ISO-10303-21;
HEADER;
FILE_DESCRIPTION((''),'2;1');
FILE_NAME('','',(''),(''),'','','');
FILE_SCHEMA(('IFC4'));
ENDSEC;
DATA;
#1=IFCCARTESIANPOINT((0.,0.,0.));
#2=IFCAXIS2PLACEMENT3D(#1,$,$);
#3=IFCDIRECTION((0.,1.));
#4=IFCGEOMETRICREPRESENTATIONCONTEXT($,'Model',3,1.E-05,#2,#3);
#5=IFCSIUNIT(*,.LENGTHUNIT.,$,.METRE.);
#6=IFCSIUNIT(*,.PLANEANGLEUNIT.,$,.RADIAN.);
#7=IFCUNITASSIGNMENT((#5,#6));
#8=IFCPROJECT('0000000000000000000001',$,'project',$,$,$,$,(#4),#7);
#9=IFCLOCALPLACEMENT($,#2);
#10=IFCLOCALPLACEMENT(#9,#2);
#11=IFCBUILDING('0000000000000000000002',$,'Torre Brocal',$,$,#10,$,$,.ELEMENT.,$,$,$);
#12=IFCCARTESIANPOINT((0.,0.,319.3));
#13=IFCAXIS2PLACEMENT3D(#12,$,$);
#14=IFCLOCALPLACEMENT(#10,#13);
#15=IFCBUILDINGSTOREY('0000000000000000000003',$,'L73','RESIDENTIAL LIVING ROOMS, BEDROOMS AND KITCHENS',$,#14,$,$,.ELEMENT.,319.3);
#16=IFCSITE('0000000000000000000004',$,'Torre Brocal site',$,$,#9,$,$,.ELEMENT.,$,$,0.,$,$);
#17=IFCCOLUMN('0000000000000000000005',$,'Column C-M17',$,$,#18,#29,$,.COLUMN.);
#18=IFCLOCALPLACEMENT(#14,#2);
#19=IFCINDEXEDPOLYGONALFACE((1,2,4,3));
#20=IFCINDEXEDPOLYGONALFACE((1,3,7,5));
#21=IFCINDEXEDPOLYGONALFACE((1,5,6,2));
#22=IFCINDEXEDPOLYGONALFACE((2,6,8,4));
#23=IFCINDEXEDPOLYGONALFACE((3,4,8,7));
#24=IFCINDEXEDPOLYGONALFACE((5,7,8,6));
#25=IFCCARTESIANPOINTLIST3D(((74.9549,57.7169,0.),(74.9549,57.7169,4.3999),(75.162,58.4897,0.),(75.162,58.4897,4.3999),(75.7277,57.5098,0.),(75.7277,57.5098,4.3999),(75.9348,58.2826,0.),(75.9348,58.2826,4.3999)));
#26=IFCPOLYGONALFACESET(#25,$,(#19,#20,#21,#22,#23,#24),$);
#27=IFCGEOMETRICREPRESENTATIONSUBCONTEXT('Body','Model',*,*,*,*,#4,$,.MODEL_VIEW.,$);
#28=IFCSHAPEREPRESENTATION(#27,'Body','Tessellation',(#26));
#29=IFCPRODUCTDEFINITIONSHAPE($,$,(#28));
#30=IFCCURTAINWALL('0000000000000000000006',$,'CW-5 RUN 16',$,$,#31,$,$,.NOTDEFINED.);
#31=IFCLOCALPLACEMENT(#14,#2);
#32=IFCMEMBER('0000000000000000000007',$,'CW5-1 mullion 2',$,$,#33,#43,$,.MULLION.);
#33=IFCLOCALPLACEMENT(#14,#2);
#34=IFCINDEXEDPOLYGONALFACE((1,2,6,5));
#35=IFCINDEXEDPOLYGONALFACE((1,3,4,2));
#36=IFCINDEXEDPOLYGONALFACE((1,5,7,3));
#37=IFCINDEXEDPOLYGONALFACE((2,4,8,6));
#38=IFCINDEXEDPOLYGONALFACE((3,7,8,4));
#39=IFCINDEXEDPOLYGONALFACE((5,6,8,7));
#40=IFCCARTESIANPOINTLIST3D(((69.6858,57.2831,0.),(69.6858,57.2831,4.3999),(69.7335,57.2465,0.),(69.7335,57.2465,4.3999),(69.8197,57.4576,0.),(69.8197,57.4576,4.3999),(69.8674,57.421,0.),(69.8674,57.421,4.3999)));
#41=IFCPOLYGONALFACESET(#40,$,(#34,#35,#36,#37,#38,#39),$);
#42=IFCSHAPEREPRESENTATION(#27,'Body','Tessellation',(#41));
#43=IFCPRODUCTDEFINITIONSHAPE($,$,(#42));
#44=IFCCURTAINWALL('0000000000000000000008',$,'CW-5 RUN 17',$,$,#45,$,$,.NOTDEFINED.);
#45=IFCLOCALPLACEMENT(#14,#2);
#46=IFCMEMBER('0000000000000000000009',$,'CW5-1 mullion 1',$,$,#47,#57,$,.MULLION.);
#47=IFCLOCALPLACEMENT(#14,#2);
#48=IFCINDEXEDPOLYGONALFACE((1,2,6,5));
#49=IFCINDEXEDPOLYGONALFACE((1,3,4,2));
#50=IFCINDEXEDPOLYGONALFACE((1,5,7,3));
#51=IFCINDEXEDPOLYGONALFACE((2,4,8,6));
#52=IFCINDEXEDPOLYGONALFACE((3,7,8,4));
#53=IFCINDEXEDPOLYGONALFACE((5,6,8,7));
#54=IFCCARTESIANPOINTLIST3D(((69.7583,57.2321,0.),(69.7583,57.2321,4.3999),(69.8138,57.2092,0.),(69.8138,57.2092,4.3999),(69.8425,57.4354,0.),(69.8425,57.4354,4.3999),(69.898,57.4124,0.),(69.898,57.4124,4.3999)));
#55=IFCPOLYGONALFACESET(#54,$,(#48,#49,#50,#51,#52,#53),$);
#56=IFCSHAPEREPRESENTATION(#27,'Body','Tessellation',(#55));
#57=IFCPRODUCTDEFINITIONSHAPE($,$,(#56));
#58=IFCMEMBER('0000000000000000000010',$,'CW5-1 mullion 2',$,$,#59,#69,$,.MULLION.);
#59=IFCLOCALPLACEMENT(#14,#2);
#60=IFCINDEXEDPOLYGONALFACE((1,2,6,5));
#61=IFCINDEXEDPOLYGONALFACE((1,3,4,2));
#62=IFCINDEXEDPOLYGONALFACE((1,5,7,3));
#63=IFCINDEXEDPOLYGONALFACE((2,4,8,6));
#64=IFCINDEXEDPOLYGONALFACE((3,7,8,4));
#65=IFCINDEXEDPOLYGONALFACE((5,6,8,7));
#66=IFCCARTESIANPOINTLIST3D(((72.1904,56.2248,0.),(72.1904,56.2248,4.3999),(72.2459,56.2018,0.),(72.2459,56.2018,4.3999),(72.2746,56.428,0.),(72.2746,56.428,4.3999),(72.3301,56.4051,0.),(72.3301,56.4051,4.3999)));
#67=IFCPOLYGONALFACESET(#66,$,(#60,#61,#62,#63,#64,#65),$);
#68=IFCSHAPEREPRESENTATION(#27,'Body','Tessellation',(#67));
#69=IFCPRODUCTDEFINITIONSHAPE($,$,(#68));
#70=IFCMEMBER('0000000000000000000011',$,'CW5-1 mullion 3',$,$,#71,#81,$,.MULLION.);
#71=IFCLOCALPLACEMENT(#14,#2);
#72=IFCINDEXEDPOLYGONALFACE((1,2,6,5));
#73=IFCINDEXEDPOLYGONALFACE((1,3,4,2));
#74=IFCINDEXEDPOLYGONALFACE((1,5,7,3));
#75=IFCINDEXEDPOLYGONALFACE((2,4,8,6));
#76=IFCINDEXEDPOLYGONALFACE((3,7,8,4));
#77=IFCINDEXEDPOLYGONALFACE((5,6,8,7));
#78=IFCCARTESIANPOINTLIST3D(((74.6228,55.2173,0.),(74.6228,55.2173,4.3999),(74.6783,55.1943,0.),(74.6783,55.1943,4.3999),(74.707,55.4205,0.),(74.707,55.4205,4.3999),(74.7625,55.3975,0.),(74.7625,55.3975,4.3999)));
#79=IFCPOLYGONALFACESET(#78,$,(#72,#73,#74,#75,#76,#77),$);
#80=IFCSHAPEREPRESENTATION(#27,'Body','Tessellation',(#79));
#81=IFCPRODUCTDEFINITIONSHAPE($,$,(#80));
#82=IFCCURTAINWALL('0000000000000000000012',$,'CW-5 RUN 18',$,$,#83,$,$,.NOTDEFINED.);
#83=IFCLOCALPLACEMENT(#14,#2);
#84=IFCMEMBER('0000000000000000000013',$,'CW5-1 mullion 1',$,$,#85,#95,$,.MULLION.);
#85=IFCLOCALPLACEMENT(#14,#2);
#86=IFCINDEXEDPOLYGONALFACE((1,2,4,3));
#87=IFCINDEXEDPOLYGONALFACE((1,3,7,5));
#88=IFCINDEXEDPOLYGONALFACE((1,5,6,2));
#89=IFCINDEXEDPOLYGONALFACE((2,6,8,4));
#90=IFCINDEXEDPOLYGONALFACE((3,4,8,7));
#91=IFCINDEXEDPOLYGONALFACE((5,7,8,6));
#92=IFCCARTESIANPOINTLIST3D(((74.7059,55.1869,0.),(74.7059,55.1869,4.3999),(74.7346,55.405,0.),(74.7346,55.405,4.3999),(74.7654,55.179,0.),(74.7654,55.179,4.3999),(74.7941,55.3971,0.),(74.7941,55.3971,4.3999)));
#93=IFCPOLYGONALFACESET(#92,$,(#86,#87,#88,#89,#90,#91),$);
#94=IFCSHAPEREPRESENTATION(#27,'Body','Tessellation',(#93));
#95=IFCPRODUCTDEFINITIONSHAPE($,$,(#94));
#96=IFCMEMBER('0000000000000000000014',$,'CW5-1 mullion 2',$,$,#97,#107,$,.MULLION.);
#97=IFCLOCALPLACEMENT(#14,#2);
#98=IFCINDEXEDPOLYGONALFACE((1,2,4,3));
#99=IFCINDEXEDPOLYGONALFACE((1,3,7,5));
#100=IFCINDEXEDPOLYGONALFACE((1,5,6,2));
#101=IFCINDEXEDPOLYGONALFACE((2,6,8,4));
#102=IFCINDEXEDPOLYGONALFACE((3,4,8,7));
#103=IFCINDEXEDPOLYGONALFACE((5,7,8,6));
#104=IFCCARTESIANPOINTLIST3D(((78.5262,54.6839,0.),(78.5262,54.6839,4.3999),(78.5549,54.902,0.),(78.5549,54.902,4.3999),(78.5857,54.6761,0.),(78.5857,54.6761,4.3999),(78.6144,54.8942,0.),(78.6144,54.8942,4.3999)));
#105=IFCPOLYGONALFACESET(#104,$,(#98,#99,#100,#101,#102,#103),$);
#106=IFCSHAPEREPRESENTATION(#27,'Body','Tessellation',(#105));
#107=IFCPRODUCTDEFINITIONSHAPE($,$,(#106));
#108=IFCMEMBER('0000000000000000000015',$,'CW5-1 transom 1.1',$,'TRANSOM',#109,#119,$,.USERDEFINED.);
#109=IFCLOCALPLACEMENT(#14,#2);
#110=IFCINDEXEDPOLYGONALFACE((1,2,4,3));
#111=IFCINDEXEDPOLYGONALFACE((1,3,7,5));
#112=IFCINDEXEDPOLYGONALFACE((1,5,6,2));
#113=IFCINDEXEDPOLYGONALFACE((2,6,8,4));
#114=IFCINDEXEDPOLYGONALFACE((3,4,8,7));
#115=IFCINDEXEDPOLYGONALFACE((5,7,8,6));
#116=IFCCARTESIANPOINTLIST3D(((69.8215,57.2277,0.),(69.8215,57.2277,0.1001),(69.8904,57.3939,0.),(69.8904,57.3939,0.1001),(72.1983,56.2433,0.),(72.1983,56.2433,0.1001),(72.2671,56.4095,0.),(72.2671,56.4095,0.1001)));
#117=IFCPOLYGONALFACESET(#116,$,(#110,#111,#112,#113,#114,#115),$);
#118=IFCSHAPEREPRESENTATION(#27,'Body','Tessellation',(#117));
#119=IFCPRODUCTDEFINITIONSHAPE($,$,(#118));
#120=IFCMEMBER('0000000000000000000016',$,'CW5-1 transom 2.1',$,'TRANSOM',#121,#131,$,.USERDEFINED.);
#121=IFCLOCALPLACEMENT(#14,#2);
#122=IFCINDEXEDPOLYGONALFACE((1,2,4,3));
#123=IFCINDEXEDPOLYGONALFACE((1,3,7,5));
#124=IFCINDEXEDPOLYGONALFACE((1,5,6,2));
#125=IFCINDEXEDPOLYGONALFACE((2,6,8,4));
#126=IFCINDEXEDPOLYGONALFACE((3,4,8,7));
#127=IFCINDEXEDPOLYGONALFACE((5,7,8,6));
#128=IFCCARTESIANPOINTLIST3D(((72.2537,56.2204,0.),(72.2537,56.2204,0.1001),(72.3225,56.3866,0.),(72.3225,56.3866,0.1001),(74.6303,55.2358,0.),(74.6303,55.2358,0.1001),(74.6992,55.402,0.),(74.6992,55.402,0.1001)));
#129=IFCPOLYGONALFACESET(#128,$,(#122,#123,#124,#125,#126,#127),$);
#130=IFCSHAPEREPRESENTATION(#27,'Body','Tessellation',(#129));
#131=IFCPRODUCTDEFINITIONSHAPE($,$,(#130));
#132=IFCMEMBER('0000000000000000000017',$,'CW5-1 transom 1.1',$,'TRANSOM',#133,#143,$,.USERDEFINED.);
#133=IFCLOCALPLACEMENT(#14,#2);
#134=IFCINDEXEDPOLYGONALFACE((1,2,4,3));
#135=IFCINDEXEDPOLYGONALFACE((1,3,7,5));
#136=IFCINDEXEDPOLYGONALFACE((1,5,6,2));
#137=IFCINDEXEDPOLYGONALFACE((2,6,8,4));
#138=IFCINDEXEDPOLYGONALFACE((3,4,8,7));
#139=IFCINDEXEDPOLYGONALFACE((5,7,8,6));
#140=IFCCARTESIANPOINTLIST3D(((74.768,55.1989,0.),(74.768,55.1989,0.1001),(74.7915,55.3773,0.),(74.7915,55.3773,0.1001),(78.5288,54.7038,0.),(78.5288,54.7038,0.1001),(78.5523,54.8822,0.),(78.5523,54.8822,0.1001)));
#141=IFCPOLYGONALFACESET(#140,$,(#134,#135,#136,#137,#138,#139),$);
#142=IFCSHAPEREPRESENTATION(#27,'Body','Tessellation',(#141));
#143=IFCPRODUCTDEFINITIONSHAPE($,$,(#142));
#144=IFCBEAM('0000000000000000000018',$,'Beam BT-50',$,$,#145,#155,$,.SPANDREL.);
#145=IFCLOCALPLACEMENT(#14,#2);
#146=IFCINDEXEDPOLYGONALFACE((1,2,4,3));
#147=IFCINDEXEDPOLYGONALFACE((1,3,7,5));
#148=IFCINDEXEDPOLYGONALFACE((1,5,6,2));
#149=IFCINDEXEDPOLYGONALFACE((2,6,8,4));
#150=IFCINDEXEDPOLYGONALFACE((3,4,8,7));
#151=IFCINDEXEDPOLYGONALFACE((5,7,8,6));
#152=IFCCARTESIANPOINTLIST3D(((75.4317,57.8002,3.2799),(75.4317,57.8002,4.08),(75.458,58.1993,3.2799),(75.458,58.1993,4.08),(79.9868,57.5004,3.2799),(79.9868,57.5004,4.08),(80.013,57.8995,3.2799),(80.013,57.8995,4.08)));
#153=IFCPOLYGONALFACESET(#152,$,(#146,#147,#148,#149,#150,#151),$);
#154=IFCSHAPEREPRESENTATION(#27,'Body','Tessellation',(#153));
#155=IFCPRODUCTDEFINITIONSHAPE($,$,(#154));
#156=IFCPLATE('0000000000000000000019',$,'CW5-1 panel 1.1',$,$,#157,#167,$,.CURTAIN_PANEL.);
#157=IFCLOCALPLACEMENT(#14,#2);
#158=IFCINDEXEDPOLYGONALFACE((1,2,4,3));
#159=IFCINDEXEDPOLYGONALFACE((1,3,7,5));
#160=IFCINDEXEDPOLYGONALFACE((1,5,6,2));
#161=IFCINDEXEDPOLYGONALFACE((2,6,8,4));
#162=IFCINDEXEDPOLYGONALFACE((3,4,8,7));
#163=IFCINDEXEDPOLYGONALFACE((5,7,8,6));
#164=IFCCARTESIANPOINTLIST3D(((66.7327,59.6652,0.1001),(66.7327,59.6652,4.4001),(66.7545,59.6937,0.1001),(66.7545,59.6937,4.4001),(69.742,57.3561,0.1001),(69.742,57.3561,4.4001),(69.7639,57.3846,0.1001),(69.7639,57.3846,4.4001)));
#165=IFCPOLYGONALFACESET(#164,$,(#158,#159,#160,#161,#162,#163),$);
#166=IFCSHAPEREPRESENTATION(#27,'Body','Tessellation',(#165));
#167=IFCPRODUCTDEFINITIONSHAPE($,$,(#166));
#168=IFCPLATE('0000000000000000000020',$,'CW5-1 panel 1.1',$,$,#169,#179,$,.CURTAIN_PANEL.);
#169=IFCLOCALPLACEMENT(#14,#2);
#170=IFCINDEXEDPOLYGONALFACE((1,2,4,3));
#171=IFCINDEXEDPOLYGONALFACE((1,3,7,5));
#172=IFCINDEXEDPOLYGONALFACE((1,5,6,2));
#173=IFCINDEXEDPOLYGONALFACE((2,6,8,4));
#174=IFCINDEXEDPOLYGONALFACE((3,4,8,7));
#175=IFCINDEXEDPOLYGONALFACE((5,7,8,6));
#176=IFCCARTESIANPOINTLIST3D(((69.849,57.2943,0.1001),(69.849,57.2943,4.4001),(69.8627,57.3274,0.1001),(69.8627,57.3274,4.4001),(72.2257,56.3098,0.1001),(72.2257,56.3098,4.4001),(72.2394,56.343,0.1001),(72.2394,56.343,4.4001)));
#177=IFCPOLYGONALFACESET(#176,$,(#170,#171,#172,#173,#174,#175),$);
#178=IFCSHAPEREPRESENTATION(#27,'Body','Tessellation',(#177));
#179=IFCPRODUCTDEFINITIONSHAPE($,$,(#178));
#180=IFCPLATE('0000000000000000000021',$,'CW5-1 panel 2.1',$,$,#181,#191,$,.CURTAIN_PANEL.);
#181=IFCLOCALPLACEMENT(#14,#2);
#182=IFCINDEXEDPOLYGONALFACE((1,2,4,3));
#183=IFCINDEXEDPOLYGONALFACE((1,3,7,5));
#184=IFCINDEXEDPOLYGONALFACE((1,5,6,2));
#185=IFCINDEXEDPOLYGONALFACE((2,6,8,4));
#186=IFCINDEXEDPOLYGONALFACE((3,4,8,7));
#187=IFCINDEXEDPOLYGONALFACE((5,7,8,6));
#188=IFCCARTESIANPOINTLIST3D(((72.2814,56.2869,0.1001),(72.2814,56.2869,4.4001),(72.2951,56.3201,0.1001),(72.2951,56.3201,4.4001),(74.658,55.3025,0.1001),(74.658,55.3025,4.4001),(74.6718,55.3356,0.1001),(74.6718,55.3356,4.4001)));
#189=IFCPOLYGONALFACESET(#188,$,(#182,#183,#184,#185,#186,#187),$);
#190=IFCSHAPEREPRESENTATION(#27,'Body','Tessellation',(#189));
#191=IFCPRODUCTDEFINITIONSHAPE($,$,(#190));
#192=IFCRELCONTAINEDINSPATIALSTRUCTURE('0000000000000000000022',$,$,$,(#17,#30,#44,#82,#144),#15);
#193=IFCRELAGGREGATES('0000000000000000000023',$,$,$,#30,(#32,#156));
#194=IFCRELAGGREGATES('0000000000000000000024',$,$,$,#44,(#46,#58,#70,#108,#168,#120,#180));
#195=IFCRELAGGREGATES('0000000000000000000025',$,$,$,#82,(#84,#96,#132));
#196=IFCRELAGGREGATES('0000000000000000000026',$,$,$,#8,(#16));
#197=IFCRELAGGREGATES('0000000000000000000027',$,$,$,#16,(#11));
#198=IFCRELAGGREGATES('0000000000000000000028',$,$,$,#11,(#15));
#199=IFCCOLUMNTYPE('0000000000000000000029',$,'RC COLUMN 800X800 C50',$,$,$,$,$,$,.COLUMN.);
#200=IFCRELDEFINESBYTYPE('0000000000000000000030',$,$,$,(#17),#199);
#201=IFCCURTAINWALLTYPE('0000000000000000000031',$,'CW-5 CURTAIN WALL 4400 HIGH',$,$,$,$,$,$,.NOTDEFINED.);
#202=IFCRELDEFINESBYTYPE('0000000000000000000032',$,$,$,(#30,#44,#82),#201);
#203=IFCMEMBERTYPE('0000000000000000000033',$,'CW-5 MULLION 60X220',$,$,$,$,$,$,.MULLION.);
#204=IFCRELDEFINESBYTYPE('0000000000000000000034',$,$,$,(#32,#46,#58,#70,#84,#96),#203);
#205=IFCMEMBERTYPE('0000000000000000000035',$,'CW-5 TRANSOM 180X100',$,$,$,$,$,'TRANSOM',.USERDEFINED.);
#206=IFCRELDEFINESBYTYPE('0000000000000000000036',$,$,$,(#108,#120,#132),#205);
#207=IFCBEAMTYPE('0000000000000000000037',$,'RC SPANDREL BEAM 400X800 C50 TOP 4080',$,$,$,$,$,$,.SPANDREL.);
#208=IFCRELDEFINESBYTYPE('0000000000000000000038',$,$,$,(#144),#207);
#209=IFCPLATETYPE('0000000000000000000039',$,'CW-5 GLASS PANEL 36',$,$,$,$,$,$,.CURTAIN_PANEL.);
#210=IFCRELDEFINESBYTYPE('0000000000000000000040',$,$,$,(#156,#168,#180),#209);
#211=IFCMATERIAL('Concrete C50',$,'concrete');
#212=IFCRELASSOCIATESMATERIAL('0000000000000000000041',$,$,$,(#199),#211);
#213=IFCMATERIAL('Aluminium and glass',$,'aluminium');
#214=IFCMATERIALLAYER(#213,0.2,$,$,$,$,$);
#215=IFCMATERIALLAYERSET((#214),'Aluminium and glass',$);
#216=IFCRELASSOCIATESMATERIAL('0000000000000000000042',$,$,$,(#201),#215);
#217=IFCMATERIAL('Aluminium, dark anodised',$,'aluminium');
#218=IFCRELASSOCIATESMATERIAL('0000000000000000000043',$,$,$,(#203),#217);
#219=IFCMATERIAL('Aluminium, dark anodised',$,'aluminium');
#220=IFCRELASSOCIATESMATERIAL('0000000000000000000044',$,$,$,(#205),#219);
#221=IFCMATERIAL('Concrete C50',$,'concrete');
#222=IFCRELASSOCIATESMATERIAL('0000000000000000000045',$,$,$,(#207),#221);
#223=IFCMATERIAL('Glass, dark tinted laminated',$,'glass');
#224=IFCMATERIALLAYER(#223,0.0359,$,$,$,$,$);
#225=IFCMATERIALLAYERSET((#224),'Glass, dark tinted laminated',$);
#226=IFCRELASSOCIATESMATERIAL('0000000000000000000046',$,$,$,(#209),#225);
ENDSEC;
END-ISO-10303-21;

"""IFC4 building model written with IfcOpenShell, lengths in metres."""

from ifc_helpers import new_model, si_unit, direction, frame, origin, origin_2d, place, context, subcontext, project, spatial, rectangle, extrude, material, layer, layer_set, material_profile, profile_set, type_object, element, aggregate, save


model = new_model("IFC4")

# Units and contexts
model_context = context("Model", 3, precision=1e-05, world=origin(), true_north=direction((0.0, 1.0)))
body_context = subcontext(model_context, "Body", "Model", "MODEL_VIEW")
ifc_project = project(units=[si_unit("LENGTHUNIT", "METRE"), si_unit("PLANEANGLEUNIT", "RADIAN")], contexts=[model_context])

# Site, building, storey
site_placement = place(None, origin())
site = spatial("IfcSite", under=ifc_project, at=site_placement, Name="Torre Brocal site", CompositionType="ELEMENT", RefElevation=0.0)
building_placement = place(site_placement, origin())
building = spatial("IfcBuilding", under=site, at=building_placement, Name="Torre Brocal", CompositionType="ELEMENT")
storey_placement = place(building_placement, frame((0.0, 0.0, 319.3)))
storey = spatial("IfcBuildingStorey", under=building, at=storey_placement, Name="L73", Description="RESIDENTIAL LIVING ROOMS, BEDROOMS AND KITCHENS", CompositionType="ELEMENT", Elevation=319.3)

# Column
ifc_material_1 = material(Name="Concrete C50", Category="concrete")
ifc_material_profile_1 = material_profile(ifc_material_1, rectangle(XDim=0.8, YDim=0.8, at=origin_2d()), Name="RC 800X800")
ifc_profile_set_1 = profile_set([ifc_material_profile_1], Name="Concrete C50")
column_type = type_object("IfcColumnType", Name="RC COLUMN 800X800 C50", PredefinedType="COLUMN", material=ifc_profile_set_1)
column_placement = place(storey_placement, frame((75.4448, 57.9998, 0.0), z_axis=(0.0, 0.0, 1.0), x_axis=(-0.258819, -0.965926, 0.0)))
element("IfcColumn", 1, at=column_placement, inside=storey, type_object=column_type, Name="Column C-M17", PredefinedType="COLUMN", context=body_context, shape_type="SweptSolid", body=[
    extrude(rectangle(XDim=0.8, YDim=0.8, at=origin_2d()), origin(), (0.0, 0.0, 1.0), 4.3999),
])

# Curtain wall, member
ifc_material_2 = material(Name="Aluminium and glass", Category="aluminium")
ifc_layer_1 = layer(ifc_material_2, 0.2)
ifc_layer_set_1 = layer_set([ifc_layer_1], Name="Aluminium and glass")
curtain_wall_type = type_object("IfcCurtainWallType", Name="CW-5 CURTAIN WALL 4400 HIGH", PredefinedType="NOTDEFINED", material=ifc_layer_set_1)
curtain_wall_1_placement = place(storey_placement, origin())
curtain_wall_1 = element("IfcCurtainWall", 2, at=curtain_wall_1_placement, inside=storey, type_object=curtain_wall_type, Name="CW-5 RUN 16", PredefinedType="NOTDEFINED")
ifc_material_3 = material(Name="Aluminium, dark anodised", Category="aluminium")
ifc_material_profile_2 = material_profile(ifc_material_3, rectangle(XDim=0.22, YDim=0.0601, at=origin_2d()), Name="CW-5 MULLION 60X220")
ifc_profile_set_2 = profile_set([ifc_material_profile_2], Name="Aluminium, dark anodised")
member_type_1 = type_object("IfcMemberType", Name="CW-5 MULLION 60X220", PredefinedType="MULLION", material=ifc_profile_set_2)
member_1_placement = place(storey_placement, frame((69.7766, 57.3521, 0.0), z_axis=(0.0, 0.0, 1.0), x_axis=(0.608761, 0.793353, 0.0)))
member_1 = element("IfcMember", 3, at=member_1_placement, type_object=member_type_1, Name="CW5-1 mullion 2", PredefinedType="MULLION", context=body_context, shape_type="SweptSolid", body=[
    extrude(rectangle(XDim=0.22, YDim=0.0601, at=origin_2d()), origin(), (0.0, 0.0, 1.0), 4.3999),
])

# Curtain walls, members
curtain_wall_2_placement = place(storey_placement, origin())
curtain_wall_2 = element("IfcCurtainWall", 4, at=curtain_wall_2_placement, inside=storey, type_object=curtain_wall_type, Name="CW-5 RUN 17", PredefinedType="NOTDEFINED")
member_2_placement = place(storey_placement, frame((69.8281, 57.3223, 0.0), z_axis=(0.0, 0.0, 1.0), x_axis=(0.382683, 0.92388, 0.0)))
member_2 = element("IfcMember", 5, at=member_2_placement, type_object=member_type_1, Name="CW5-1 mullion 1", PredefinedType="MULLION", context=body_context, shape_type="SweptSolid", body=[
    extrude(rectangle(XDim=0.22, YDim=0.0601, at=origin_2d()), origin(), (0.0, 0.0, 1.0), 4.3999),
])
member_3_placement = place(storey_placement, frame((72.2603, 56.3149, 0.0), z_axis=(0.0, 0.0, 1.0), x_axis=(0.382683, 0.92388, 0.0)))
member_3 = element("IfcMember", 6, at=member_3_placement, type_object=member_type_1, Name="CW5-1 mullion 2", PredefinedType="MULLION", context=body_context, shape_type="SweptSolid", body=[
    extrude(rectangle(XDim=0.22, YDim=0.0601, at=origin_2d()), origin(), (0.0, 0.0, 1.0), 4.3999),
])
member_4_placement = place(storey_placement, frame((74.6926, 55.3074, 0.0), z_axis=(0.0, 0.0, 1.0), x_axis=(0.382683, 0.92388, 0.0)))
member_4 = element("IfcMember", 7, at=member_4_placement, type_object=member_type_1, Name="CW5-1 mullion 3", PredefinedType="MULLION", context=body_context, shape_type="SweptSolid", body=[
    extrude(rectangle(XDim=0.22, YDim=0.0601, at=origin_2d()), origin(), (0.0, 0.0, 1.0), 4.3999),
])
curtain_wall_3_placement = place(storey_placement, origin())
curtain_wall_3 = element("IfcCurtainWall", 8, at=curtain_wall_3_placement, inside=storey, type_object=curtain_wall_type, Name="CW-5 RUN 18", PredefinedType="NOTDEFINED")
member_5_placement = place(storey_placement, frame((74.75, 55.292, 0.0), z_axis=(0.0, 0.0, 1.0), x_axis=(0.130526, 0.991445, 0.0)))
member_5 = element("IfcMember", 9, at=member_5_placement, type_object=member_type_1, Name="CW5-1 mullion 1", PredefinedType="MULLION", context=body_context, shape_type="SweptSolid", body=[
    extrude(rectangle(XDim=0.22, YDim=0.0601, at=origin_2d()), origin(), (0.0, 0.0, 1.0), 4.3999),
])
member_6_placement = place(storey_placement, frame((78.5703, 54.7891, 0.0), z_axis=(0.0, 0.0, 1.0), x_axis=(0.130526, 0.991445, 0.0)))
member_6 = element("IfcMember", 10, at=member_6_placement, type_object=member_type_1, Name="CW5-1 mullion 2", PredefinedType="MULLION", context=body_context, shape_type="SweptSolid", body=[
    extrude(rectangle(XDim=0.22, YDim=0.0601, at=origin_2d()), origin(), (0.0, 0.0, 1.0), 4.3999),
])

# Members
ifc_material_4 = material(Name="Aluminium, dark anodised", Category="aluminium")
ifc_material_profile_3 = material_profile(ifc_material_4, rectangle(XDim=0.1799, YDim=0.1001, at=origin_2d()), Name="CW-5 TRANSOM 180X100")
ifc_profile_set_3 = profile_set([ifc_material_profile_3], Name="Aluminium, dark anodised")
member_type_2 = type_object("IfcMemberType", Name="CW-5 TRANSOM 180X100", ElementType="TRANSOM", PredefinedType="USERDEFINED", material=ifc_profile_set_3)
member_7_placement = place(storey_placement, frame((69.856, 57.3108, 0.05), z_axis=(0.923892, -0.382654, 0.0), x_axis=(0.382654, 0.923892, 0.0)))
member_7 = element("IfcMember", 11, at=member_7_placement, type_object=member_type_2, Name="CW5-1 transom 1.1", ObjectType="TRANSOM", PredefinedType="USERDEFINED", context=body_context, shape_type="SweptSolid", body=[
    extrude(rectangle(XDim=0.1799, YDim=0.1001, at=origin_2d()), origin(), (0.0, 0.0, 1.0), 2.5725),
])
member_8_placement = place(storey_placement, frame((72.2881, 56.3035, 0.05), z_axis=(0.923858, -0.382735, 0.0), x_axis=(0.382735, 0.923858, 0.0)))
member_8 = element("IfcMember", 12, at=member_8_placement, type_object=member_type_2, Name="CW5-1 transom 2.1", ObjectType="TRANSOM", PredefinedType="USERDEFINED", context=body_context, shape_type="SweptSolid", body=[
    extrude(rectangle(XDim=0.1799, YDim=0.1001, at=origin_2d()), origin(), (0.0, 0.0, 1.0), 2.5725),
])
member_9_placement = place(storey_placement, frame((74.7798, 55.2881, 0.05), z_axis=(0.991445, -0.130528, 0.0), x_axis=(0.130528, 0.991445, 0.0)))
member_9 = element("IfcMember", 13, at=member_9_placement, type_object=member_type_2, Name="CW5-1 transom 1.1", ObjectType="TRANSOM", PredefinedType="USERDEFINED", context=body_context, shape_type="SweptSolid", body=[
    extrude(rectangle(XDim=0.1799, YDim=0.1001, at=origin_2d()), origin(), (0.0, 0.0, 1.0), 3.7932),
])

# Beam
ifc_material_5 = material(Name="Concrete C50", Category="concrete")
ifc_material_profile_4 = material_profile(ifc_material_5, rectangle(XDim=0.3999, YDim=0.8, at=origin_2d()), Name="RC 400X800")
ifc_profile_set_4 = profile_set([ifc_material_profile_4], Name="Concrete C50")
beam_type = type_object("IfcBeamType", Name="RC SPANDREL BEAM 400X800 C50 TOP 4080", PredefinedType="SPANDREL", material=ifc_profile_set_4)
beam_placement = place(storey_placement, frame((75.4448, 57.9998, 3.6799), z_axis=(0.997841, -0.065674, 0.0), x_axis=(0.065674, 0.997841, 0.0)))
element("IfcBeam", 14, at=beam_placement, inside=storey, type_object=beam_type, Name="Beam BT-50", PredefinedType="SPANDREL", context=body_context, shape_type="SweptSolid", body=[
    extrude(rectangle(XDim=0.3999, YDim=0.8, at=origin_2d()), origin(), (0.0, 0.0, 1.0), 4.5649),
])

# Plates
ifc_material_6 = material(Name="Glass, dark tinted laminated", Category="glass")
ifc_layer_2 = layer(ifc_material_6, 0.0359)
ifc_layer_set_2 = layer_set([ifc_layer_2], Name="Glass, dark tinted laminated")
plate_type = type_object("IfcPlateType", Name="CW-5 GLASS PANEL 36", PredefinedType="CURTAIN_PANEL", material=ifc_layer_set_2)
plate_1_placement = place(storey_placement, frame((68.2483, 58.5249, 0.1001), z_axis=(0.0, 0.0, 1.0), x_axis=(0.793353, -0.608761, 0.0)))
plate_1 = element("IfcPlate", 15, at=plate_1_placement, type_object=plate_type, Name="CW5-1 panel 1.1", PredefinedType="CURTAIN_PANEL", context=body_context, shape_type="SweptSolid", body=[
    extrude(rectangle(XDim=3.7932, YDim=0.0359, at=origin_2d()), origin(), (0.0, 0.0, 1.0), 4.3),
])
aggregate(curtain_wall_1, [member_1, plate_1])
plate_2_placement = place(storey_placement, frame((71.0442, 56.8186, 0.1001), z_axis=(0.0, 0.0, 1.0), x_axis=(0.92388, -0.382683, 0.0)))
plate_2 = element("IfcPlate", 16, at=plate_2_placement, type_object=plate_type, Name="CW5-1 panel 1.1", PredefinedType="CURTAIN_PANEL", context=body_context, shape_type="SweptSolid", body=[
    extrude(rectangle(XDim=2.5725, YDim=0.0359, at=origin_2d()), origin(), (0.0, 0.0, 1.0), 4.3),
])
plate_3_placement = place(storey_placement, frame((73.4766, 55.8113, 0.1001), z_axis=(0.0, 0.0, 1.0), x_axis=(0.92388, -0.382683, 0.0)))
plate_3 = element("IfcPlate", 17, at=plate_3_placement, type_object=plate_type, Name="CW5-1 panel 2.1", PredefinedType="CURTAIN_PANEL", context=body_context, shape_type="SweptSolid", body=[
    extrude(rectangle(XDim=2.5725, YDim=0.0359, at=origin_2d()), origin(), (0.0, 0.0, 1.0), 4.3),
])
aggregate(curtain_wall_2, [member_2, member_3, member_4, member_7, plate_2, member_8, plate_3])
aggregate(curtain_wall_3, [member_5, member_6, member_9])

save(model, "model.ifc")
